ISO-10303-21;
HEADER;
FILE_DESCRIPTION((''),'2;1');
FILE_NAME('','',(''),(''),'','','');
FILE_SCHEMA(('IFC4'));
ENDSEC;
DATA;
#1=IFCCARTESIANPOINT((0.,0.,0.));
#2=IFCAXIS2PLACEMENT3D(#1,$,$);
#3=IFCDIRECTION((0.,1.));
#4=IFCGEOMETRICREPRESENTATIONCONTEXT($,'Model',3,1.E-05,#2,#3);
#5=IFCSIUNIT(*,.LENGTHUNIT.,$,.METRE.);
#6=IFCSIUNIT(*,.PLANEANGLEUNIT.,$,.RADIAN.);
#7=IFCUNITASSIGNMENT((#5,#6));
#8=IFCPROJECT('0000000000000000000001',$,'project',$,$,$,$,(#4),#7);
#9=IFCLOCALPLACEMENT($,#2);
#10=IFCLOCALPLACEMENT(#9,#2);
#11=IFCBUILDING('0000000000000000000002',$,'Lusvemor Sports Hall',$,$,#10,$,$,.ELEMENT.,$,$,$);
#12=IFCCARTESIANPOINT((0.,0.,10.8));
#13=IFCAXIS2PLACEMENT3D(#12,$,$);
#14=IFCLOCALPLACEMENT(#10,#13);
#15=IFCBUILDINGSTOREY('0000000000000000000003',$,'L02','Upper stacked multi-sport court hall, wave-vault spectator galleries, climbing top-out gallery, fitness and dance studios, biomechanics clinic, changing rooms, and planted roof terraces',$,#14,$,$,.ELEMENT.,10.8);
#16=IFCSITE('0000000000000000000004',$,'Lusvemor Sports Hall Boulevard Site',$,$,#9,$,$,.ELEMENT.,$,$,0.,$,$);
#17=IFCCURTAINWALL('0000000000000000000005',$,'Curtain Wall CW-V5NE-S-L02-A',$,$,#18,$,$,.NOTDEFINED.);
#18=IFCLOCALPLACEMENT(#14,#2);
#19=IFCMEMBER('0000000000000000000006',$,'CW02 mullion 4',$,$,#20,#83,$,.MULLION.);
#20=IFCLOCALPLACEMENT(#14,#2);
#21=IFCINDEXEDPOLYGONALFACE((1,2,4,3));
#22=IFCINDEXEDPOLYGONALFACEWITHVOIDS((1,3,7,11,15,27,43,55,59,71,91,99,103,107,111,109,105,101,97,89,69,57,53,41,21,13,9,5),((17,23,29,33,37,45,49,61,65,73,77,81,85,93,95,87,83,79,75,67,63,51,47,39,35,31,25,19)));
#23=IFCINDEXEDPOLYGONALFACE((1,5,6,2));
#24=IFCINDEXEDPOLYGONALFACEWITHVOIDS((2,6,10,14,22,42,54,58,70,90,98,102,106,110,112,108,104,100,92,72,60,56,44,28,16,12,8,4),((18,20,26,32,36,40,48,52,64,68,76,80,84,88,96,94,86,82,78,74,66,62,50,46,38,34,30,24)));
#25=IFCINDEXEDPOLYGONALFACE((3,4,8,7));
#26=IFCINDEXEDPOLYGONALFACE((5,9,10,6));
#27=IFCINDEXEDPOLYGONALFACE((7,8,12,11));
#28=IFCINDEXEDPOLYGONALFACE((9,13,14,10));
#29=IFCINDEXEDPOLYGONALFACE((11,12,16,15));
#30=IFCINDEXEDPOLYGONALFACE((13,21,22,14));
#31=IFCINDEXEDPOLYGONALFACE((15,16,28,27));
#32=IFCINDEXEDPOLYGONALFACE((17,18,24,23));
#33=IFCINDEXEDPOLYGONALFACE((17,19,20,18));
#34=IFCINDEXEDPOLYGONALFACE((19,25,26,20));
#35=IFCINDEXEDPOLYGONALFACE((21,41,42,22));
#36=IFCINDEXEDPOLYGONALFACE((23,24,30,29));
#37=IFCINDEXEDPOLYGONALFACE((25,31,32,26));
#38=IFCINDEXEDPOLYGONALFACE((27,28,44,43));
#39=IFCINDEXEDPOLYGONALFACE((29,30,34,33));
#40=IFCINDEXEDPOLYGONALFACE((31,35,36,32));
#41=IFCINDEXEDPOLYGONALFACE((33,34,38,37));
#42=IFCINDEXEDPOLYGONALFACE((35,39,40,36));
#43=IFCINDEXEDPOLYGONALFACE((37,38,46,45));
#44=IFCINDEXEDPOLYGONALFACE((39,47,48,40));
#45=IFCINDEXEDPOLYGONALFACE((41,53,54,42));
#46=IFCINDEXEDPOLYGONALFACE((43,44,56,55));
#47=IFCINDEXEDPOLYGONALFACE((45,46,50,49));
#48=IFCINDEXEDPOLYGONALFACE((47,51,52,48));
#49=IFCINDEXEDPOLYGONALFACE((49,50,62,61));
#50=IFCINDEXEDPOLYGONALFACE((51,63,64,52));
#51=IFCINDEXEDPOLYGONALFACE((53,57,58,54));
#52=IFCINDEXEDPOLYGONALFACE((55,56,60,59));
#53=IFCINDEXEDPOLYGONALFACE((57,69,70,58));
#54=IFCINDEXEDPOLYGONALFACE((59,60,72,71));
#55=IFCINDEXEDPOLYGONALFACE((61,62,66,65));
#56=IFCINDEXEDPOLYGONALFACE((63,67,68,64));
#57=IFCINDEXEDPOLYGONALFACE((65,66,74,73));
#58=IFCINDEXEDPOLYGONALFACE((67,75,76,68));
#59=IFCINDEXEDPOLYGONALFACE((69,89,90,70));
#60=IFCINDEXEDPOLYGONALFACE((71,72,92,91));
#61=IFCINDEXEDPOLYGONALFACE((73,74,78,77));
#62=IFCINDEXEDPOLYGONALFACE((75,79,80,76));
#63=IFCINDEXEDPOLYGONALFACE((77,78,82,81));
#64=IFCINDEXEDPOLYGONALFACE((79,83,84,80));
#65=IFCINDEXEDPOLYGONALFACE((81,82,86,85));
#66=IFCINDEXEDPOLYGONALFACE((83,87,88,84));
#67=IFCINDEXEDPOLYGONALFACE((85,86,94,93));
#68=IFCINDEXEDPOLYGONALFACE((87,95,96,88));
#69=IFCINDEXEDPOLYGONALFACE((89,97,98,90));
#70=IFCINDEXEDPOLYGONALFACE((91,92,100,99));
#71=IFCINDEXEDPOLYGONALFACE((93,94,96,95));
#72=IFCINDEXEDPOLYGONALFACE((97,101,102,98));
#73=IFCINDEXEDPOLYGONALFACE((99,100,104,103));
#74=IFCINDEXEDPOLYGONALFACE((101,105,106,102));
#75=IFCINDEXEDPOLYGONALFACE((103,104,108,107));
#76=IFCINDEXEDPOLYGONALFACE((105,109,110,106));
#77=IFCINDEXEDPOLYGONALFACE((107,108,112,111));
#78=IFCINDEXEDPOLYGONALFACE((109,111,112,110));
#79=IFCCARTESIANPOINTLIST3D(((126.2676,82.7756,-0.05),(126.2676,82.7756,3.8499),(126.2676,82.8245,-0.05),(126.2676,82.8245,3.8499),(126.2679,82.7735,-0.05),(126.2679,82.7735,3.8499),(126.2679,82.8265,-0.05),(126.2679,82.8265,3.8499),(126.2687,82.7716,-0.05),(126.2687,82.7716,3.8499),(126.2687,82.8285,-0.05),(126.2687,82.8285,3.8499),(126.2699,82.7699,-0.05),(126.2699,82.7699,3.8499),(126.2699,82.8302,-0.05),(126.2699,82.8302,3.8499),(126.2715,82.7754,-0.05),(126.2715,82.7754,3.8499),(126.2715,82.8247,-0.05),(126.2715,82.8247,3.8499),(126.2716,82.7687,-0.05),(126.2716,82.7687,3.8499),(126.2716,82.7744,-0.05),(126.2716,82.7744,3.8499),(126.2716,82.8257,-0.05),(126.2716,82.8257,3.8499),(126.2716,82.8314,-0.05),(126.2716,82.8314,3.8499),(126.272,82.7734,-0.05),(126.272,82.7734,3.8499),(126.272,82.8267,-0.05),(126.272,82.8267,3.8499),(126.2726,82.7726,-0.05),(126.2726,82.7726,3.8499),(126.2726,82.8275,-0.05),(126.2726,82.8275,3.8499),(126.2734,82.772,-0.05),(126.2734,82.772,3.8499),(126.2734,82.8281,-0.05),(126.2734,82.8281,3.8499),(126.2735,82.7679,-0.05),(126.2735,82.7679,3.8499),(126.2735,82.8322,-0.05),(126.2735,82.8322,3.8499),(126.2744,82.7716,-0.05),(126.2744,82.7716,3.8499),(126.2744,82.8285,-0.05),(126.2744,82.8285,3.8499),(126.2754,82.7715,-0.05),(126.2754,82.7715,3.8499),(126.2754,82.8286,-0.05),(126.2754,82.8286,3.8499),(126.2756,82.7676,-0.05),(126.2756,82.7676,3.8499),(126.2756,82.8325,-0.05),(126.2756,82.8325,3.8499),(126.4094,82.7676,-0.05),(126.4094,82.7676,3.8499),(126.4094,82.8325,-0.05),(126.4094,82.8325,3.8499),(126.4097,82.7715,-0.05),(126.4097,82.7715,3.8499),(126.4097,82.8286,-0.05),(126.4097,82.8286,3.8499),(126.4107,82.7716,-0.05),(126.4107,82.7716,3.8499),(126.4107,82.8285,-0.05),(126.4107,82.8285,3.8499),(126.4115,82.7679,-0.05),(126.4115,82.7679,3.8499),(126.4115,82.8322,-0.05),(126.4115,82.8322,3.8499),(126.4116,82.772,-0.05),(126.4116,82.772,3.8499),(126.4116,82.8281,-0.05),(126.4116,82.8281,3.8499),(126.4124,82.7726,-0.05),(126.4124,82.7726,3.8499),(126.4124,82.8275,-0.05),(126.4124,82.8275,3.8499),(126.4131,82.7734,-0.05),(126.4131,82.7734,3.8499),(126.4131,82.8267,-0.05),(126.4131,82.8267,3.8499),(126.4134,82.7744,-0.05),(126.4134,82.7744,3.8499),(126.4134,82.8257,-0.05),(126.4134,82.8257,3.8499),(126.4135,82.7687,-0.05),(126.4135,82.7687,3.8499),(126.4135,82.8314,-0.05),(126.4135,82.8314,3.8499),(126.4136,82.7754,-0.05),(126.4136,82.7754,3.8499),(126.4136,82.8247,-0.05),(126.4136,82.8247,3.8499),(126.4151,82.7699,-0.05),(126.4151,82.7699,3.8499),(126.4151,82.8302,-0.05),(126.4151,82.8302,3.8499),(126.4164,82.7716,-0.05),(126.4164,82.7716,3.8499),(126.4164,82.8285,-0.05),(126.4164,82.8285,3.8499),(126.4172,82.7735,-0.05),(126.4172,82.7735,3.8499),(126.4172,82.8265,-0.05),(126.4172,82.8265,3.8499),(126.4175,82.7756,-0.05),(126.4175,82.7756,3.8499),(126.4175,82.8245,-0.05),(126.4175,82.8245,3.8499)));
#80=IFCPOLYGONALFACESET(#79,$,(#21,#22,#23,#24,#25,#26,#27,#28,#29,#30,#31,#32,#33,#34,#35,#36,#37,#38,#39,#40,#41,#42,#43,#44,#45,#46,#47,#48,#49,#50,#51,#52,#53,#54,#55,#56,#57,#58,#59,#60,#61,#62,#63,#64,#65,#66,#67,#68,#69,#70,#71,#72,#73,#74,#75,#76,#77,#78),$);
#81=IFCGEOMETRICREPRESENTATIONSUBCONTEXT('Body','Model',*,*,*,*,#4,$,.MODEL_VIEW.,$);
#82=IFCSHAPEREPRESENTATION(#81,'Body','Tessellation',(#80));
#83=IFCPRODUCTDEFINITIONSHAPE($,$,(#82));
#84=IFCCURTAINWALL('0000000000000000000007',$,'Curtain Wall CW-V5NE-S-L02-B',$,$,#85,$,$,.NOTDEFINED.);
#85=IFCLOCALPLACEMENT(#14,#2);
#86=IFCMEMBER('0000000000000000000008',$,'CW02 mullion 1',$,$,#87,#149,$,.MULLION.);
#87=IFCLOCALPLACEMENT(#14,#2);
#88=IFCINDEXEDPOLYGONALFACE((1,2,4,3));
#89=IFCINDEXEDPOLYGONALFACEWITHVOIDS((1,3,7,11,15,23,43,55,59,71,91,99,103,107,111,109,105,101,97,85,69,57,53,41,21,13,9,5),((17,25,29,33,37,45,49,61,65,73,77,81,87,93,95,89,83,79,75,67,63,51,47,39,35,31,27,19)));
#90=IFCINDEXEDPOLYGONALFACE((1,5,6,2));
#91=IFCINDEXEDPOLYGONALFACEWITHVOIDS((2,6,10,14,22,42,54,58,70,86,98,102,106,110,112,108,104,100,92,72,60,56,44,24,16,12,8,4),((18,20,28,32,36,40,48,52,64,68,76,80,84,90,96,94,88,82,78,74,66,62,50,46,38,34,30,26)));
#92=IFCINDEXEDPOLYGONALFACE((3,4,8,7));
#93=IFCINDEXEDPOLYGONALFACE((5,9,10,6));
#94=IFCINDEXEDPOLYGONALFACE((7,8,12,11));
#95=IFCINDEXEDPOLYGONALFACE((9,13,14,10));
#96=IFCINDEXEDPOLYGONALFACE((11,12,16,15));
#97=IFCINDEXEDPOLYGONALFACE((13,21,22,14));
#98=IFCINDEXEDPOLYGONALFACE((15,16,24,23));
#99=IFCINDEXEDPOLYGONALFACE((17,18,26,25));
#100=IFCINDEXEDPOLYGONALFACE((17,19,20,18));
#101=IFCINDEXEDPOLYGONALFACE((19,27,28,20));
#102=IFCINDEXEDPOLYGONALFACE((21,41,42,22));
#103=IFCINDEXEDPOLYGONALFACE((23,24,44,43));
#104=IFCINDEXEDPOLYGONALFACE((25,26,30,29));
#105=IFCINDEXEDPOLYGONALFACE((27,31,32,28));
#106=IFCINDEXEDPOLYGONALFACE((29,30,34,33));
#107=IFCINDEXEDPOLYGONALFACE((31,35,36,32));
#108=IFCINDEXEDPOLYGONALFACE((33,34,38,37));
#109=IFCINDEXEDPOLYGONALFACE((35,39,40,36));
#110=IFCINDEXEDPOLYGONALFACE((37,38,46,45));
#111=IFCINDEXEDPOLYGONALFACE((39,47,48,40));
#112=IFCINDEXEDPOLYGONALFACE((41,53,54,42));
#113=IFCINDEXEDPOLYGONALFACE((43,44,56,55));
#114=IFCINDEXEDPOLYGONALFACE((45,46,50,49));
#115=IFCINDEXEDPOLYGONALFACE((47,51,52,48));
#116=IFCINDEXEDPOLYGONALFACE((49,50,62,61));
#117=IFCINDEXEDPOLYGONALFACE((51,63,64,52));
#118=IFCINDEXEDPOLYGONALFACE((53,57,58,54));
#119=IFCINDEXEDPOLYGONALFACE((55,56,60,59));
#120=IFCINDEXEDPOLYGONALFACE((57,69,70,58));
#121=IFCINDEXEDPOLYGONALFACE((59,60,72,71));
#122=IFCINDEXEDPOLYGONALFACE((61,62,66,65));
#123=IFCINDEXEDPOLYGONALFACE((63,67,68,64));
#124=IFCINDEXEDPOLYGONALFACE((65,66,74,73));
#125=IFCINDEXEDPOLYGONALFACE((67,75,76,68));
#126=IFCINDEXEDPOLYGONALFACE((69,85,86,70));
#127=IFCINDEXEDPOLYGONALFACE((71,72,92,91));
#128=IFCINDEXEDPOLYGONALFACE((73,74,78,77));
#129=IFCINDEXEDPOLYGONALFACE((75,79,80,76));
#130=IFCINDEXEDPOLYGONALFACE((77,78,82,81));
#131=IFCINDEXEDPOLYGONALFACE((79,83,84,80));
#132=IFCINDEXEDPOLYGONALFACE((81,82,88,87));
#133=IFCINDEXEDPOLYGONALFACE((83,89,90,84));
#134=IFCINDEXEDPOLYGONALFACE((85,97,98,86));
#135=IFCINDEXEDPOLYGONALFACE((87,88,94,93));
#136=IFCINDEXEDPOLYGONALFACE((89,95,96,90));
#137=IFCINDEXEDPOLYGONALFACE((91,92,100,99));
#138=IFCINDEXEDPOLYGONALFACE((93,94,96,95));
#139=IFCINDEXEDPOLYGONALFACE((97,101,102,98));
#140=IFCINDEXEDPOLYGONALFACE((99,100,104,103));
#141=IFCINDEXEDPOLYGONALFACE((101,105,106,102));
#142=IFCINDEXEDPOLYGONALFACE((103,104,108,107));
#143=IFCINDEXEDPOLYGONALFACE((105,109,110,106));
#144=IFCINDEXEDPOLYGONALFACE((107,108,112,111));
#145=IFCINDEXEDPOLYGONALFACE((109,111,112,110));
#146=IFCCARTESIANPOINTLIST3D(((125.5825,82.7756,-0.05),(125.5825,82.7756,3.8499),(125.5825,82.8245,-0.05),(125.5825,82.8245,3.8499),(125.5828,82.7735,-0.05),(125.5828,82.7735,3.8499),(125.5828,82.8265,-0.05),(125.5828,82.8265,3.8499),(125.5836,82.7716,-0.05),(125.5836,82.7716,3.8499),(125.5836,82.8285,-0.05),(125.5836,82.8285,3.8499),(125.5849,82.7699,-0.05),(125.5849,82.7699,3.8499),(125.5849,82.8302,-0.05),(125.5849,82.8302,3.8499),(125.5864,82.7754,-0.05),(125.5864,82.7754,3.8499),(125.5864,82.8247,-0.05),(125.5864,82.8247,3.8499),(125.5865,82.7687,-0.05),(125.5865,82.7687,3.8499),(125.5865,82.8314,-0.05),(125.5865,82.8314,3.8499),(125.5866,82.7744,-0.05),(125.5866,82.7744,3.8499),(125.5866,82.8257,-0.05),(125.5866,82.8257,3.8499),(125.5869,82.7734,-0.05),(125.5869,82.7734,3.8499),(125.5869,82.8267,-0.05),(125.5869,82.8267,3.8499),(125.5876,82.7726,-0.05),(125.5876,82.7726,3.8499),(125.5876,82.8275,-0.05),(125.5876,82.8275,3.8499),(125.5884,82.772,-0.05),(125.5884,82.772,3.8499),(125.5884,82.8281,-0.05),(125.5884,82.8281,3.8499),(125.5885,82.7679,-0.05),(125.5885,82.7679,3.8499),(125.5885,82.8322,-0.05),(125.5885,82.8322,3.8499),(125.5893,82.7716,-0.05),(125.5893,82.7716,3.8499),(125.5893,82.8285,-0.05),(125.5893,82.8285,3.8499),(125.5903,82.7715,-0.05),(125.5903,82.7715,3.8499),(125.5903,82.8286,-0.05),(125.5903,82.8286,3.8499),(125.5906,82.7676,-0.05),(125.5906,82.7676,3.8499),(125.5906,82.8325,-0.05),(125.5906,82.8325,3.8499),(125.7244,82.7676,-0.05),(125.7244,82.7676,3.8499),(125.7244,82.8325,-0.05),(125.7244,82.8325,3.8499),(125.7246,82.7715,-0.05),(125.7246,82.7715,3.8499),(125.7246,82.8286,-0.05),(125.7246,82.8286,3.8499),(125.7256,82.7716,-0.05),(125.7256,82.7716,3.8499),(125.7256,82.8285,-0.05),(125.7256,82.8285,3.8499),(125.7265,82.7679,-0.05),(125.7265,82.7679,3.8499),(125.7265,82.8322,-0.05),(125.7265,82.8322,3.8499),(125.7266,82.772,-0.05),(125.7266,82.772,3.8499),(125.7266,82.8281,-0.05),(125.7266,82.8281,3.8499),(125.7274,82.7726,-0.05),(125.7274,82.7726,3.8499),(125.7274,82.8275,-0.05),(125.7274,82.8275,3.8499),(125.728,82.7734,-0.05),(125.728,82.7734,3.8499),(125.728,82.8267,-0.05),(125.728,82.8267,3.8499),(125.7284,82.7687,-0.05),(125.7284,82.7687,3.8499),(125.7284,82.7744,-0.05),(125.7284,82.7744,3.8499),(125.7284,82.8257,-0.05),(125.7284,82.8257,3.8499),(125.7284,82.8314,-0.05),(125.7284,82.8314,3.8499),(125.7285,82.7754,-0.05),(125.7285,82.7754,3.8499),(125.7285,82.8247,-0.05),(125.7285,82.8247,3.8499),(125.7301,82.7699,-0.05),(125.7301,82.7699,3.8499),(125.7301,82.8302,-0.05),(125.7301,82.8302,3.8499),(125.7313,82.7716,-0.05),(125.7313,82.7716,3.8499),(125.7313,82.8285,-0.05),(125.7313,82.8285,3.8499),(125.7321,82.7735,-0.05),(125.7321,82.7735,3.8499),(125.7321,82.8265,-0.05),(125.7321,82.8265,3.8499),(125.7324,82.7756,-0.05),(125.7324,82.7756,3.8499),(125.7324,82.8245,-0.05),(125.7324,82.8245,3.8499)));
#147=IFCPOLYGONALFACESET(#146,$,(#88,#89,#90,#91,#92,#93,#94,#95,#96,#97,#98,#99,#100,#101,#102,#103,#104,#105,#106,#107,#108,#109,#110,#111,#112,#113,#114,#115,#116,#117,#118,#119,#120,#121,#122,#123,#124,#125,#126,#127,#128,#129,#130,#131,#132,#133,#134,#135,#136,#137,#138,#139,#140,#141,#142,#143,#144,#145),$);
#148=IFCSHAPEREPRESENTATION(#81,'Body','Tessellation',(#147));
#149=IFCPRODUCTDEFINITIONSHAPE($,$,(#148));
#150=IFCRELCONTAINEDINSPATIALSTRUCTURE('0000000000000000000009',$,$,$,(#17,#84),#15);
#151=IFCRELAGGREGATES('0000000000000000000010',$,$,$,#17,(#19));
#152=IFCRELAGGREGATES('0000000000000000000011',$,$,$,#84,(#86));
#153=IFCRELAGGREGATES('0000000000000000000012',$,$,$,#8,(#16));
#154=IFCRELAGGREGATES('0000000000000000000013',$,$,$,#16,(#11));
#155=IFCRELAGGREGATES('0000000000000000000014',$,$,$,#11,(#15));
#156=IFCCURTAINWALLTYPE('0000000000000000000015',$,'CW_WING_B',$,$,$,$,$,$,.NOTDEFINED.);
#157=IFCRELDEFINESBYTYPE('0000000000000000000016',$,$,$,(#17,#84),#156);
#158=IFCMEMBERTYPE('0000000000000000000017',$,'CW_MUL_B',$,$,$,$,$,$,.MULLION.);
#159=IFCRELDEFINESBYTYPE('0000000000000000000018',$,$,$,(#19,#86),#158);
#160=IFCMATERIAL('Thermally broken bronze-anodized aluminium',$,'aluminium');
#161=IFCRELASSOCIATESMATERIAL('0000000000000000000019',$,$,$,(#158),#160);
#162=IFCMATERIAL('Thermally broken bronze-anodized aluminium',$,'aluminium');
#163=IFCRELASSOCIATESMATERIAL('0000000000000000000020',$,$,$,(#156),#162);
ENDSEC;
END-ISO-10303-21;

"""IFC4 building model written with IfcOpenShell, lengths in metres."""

from ifc_helpers import new_model, si_unit, direction, frame, origin, origin_2d, place, context, subcontext, project, spatial, hollow_rectangle, extrude, material, material_profile, profile_set, type_object, element, aggregate, save


model = new_model("IFC4")

# Units and contexts
model_context = context("Model", 3, precision=1e-05, world=origin(), true_north=direction((0.0, 1.0)))
body_context = subcontext(model_context, "Body", "Model", "MODEL_VIEW")
ifc_project = project(units=[si_unit("LENGTHUNIT", "METRE"), si_unit("PLANEANGLEUNIT", "RADIAN")], contexts=[model_context])

# Site, building, storey
site_placement = place(None, origin())
site = spatial("IfcSite", under=ifc_project, at=site_placement, Name="Lusvemor Sports Hall Boulevard Site", CompositionType="ELEMENT", RefElevation=0.0)
building_placement = place(site_placement, origin())
building = spatial("IfcBuilding", under=site, at=building_placement, Name="Lusvemor Sports Hall", CompositionType="ELEMENT")
storey_placement = place(building_placement, frame((0.0, 0.0, 10.8)))
storey = spatial("IfcBuildingStorey", under=building, at=storey_placement, Name="L02", Description="Upper stacked multi-sport court hall, wave-vault spectator galleries, climbing top-out gallery, fitness and dance studios, biomechanics clinic, changing rooms, and planted roof terraces", CompositionType="ELEMENT", Elevation=10.8)

# Shared definitions
ifc_material_1 = material(Name="Thermally broken bronze-anodized aluminium", Category="aluminium")
ifc_material_profile_1 = material_profile(ifc_material_1, hollow_rectangle(XDim=0.0649, YDim=0.1499, WallThickness=0.0039, InnerFilletRadius=0.0039, OuterFilletRadius=0.0081, at=origin_2d()), Name="CWMUL150x65x4")
ifc_profile_set_1 = profile_set([ifc_material_profile_1], Name="Thermally broken bronze-anodized aluminium")
member_type_1 = type_object("IfcMemberType", Name="CW_MUL_B", PredefinedType="MULLION", material=ifc_profile_set_1)

# Curtain walls, members
ifc_material_2 = material(Name="Thermally broken bronze-anodized aluminium", Category="aluminium")
curtain_wall_type_1 = type_object("IfcCurtainWallType", Name="CW_WING_B", PredefinedType="NOTDEFINED", material=ifc_material_2)
curtain_wall_1_placement = place(storey_placement, origin())
curtain_wall_1 = element("IfcCurtainWall", 1, at=curtain_wall_1_placement, inside=storey, type_object=curtain_wall_type_1, Name="Curtain Wall CW-V5NE-S-L02-A", PredefinedType="NOTDEFINED")
member_1_placement = place(storey_placement, frame((126.3425, 82.8, -0.05), z_axis=(0.0, 0.0, 1.0), x_axis=(0.0, -1.0, 0.0)))
member_1 = element("IfcMember", 2, at=member_1_placement, type_object=member_type_1, Name="CW02 mullion 4", PredefinedType="MULLION", context=body_context, shape_type="SweptSolid", body=[
    extrude(hollow_rectangle(XDim=0.0649, YDim=0.1499, WallThickness=0.0039, InnerFilletRadius=0.0039, OuterFilletRadius=0.0081, at=origin_2d()), origin(), (0.0, 0.0, 1.0), 3.8999),
])
aggregate(curtain_wall_1, [member_1])
curtain_wall_2_placement = place(storey_placement, origin())
curtain_wall_2 = element("IfcCurtainWall", 3, at=curtain_wall_2_placement, inside=storey, type_object=curtain_wall_type_1, Name="Curtain Wall CW-V5NE-S-L02-B", PredefinedType="NOTDEFINED")
member_2_placement = place(storey_placement, frame((125.6575, 82.8, -0.05), z_axis=(0.0, 0.0, 1.0), x_axis=(0.0, -1.0, 0.0)))
member_2 = element("IfcMember", 4, at=member_2_placement, type_object=member_type_1, Name="CW02 mullion 1", PredefinedType="MULLION", context=body_context, shape_type="SweptSolid", body=[
    extrude(hollow_rectangle(XDim=0.0649, YDim=0.1499, WallThickness=0.0039, InnerFilletRadius=0.0039, OuterFilletRadius=0.0081, at=origin_2d()), origin(), (0.0, 0.0, 1.0), 3.8999),
])

aggregate(curtain_wall_2, [member_2])

save(model, "model.ifc")
